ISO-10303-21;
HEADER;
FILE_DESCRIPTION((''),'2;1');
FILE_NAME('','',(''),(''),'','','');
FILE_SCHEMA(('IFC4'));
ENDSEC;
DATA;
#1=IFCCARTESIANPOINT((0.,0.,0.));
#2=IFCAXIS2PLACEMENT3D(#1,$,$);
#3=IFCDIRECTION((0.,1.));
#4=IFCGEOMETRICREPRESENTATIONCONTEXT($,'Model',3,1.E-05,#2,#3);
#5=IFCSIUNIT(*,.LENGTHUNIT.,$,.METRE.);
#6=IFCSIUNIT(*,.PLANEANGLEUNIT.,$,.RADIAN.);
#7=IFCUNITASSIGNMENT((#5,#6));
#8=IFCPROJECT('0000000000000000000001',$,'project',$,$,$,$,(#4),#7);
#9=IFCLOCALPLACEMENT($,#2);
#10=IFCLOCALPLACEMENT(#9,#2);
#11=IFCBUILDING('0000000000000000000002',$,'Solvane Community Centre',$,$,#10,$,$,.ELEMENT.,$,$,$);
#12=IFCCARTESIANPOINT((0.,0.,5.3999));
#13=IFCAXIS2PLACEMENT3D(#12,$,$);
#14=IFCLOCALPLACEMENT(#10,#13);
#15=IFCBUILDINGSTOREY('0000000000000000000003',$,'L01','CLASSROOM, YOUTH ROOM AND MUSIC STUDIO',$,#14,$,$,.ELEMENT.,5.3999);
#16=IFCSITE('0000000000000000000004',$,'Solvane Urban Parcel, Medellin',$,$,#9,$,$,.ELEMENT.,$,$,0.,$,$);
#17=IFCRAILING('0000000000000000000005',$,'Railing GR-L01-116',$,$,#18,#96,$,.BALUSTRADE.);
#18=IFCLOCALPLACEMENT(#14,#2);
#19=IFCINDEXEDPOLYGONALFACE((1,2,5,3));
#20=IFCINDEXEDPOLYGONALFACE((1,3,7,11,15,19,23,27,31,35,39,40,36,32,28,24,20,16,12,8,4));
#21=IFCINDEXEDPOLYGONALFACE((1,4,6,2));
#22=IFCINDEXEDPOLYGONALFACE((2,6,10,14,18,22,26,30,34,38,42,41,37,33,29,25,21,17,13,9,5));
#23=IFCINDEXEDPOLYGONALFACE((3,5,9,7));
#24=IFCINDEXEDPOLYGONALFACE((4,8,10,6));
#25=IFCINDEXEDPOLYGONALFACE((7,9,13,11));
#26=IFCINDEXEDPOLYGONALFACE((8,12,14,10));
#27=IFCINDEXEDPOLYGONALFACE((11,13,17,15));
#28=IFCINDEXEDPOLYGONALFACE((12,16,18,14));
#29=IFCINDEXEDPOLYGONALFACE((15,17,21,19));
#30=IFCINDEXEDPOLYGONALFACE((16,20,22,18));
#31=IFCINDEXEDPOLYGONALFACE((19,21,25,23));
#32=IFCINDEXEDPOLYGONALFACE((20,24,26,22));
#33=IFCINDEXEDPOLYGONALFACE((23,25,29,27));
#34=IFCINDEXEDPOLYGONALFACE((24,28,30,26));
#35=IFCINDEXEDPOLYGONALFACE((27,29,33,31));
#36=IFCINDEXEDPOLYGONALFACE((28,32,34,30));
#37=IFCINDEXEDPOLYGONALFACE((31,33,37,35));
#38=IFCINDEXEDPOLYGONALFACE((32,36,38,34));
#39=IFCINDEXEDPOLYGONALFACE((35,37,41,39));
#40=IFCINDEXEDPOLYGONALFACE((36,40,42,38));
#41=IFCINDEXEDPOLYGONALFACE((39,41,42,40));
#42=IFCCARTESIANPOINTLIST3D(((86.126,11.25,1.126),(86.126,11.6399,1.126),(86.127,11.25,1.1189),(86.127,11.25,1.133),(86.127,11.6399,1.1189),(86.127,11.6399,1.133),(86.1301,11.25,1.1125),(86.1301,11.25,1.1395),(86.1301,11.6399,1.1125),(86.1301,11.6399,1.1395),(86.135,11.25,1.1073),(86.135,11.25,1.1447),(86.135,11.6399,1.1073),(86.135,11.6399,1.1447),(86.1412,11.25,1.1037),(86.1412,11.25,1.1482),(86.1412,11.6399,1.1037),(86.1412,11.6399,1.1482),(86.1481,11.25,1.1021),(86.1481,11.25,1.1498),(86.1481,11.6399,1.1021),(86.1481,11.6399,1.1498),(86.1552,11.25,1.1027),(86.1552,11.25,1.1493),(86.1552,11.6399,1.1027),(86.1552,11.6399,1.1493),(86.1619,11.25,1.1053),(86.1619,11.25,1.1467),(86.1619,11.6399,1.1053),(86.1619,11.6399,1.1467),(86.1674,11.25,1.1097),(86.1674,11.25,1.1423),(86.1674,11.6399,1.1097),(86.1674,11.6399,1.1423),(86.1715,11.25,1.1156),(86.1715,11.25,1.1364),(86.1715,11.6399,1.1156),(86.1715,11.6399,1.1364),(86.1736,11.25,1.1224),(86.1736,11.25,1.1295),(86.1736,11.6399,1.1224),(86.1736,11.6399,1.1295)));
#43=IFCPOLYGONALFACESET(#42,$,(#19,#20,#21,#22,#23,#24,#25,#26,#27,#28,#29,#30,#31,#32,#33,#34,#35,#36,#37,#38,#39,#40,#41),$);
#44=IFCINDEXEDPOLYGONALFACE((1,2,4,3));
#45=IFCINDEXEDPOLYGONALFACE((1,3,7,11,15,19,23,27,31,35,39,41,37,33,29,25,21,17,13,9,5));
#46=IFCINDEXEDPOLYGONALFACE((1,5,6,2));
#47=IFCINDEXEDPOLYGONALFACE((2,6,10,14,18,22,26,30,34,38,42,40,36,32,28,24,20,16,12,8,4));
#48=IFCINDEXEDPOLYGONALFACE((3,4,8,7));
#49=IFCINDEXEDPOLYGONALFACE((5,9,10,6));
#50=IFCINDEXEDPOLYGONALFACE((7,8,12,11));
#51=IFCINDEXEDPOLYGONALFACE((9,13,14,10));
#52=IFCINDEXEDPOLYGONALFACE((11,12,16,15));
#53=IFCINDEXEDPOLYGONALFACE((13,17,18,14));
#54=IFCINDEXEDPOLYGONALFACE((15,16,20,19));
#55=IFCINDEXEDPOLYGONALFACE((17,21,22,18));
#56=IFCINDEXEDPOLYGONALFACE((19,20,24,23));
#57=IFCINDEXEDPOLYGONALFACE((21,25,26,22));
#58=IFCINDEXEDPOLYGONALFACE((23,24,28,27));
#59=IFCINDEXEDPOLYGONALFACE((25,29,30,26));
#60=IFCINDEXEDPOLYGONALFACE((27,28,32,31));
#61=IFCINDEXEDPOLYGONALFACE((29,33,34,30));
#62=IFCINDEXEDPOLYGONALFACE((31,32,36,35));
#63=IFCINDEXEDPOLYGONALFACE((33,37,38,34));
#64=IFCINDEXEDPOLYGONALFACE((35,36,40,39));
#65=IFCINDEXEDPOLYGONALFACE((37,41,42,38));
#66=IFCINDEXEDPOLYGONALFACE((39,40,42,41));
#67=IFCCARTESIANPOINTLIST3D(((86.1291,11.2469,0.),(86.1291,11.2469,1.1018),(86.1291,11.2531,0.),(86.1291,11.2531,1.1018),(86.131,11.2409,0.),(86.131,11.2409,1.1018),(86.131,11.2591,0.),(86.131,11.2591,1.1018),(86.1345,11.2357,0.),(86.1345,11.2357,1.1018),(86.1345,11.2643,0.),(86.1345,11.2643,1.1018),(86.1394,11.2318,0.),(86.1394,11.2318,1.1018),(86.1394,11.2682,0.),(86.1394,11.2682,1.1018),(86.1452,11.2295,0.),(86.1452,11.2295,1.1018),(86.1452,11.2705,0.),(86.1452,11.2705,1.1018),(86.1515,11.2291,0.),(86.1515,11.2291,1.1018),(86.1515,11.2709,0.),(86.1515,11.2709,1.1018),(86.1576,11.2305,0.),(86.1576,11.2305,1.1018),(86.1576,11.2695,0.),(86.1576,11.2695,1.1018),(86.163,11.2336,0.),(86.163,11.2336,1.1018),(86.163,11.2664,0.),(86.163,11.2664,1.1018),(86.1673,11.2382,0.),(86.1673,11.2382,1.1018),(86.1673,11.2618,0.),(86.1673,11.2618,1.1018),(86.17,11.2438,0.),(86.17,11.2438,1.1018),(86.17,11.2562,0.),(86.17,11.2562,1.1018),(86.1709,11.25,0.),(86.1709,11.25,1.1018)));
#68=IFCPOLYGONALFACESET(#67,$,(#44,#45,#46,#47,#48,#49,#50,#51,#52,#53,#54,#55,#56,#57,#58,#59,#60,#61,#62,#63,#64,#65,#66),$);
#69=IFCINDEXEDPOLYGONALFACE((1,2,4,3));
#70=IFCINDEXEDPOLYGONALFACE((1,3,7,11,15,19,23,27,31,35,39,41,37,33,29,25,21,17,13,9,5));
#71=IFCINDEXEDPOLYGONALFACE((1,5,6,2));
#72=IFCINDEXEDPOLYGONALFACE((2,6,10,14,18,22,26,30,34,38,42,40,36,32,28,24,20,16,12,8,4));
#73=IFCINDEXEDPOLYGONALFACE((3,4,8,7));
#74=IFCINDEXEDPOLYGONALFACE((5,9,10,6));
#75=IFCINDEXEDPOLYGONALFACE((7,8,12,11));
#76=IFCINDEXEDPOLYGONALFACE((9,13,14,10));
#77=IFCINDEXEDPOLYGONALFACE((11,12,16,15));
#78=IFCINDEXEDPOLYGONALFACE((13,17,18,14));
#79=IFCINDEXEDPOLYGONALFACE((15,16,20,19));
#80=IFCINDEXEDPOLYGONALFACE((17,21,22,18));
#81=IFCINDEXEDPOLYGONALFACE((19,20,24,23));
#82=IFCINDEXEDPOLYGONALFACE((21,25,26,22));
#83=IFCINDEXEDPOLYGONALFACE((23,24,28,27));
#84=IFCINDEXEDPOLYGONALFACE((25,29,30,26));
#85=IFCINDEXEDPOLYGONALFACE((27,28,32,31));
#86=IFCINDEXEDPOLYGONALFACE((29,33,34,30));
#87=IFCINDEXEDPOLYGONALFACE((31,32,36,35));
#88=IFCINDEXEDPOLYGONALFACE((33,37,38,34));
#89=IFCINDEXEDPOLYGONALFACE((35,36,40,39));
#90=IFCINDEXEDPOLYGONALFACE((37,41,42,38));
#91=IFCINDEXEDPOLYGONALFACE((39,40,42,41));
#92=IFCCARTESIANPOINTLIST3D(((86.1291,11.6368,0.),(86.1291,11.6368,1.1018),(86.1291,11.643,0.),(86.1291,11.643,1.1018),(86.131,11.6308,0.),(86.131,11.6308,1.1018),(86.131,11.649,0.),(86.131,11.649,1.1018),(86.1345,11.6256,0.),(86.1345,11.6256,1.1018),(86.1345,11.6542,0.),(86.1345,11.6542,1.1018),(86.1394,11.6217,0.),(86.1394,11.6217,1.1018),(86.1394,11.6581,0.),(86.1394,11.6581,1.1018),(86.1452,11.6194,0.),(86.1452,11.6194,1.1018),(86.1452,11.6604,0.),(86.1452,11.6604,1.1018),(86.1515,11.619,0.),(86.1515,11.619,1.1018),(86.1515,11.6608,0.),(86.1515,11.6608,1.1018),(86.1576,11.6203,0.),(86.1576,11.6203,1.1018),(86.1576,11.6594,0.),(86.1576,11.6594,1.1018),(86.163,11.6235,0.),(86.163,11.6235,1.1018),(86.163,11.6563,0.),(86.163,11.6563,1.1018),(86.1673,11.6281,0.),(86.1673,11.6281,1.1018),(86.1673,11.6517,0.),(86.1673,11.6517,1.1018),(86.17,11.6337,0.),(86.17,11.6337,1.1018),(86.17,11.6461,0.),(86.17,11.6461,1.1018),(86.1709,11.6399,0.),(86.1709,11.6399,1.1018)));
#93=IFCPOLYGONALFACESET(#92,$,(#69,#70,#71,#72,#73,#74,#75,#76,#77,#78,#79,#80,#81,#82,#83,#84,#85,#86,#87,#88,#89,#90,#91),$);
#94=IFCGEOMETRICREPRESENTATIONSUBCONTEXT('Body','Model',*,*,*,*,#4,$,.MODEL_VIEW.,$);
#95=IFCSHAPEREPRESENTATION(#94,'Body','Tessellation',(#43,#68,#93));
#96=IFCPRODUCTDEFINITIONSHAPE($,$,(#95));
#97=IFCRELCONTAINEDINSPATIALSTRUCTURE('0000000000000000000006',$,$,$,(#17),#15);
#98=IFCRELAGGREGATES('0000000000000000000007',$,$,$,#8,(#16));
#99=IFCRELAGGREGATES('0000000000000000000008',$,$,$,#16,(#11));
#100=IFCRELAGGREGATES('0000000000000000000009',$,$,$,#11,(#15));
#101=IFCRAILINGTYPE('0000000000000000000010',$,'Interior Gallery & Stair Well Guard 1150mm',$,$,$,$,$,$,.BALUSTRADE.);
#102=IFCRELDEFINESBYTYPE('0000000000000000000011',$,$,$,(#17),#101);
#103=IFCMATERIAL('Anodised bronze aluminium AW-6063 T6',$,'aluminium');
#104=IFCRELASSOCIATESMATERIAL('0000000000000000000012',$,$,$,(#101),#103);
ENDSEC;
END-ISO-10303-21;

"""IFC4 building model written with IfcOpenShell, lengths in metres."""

from ifc_helpers import new_model, si_unit, direction, frame, origin, origin_2d, place, context, subcontext, project, spatial, circle, extrude, material, type_object, element, save


model = new_model("IFC4")

# Units and contexts
model_context = context("Model", 3, precision=1e-05, world=origin(), true_north=direction((0.0, 1.0)))
body_context = subcontext(model_context, "Body", "Model", "MODEL_VIEW")
ifc_project = project(units=[si_unit("LENGTHUNIT", "METRE"), si_unit("PLANEANGLEUNIT", "RADIAN")], contexts=[model_context])

# Site, building, storey
site_placement = place(None, origin())
site = spatial("IfcSite", under=ifc_project, at=site_placement, Name="Solvane Urban Parcel, Medellin", CompositionType="ELEMENT", RefElevation=0.0)
building_placement = place(site_placement, origin())
building = spatial("IfcBuilding", under=site, at=building_placement, Name="Solvane Community Centre", CompositionType="ELEMENT")
storey_placement = place(building_placement, frame((0.0, 0.0, 5.3999)))
storey = spatial("IfcBuildingStorey", under=building, at=storey_placement, Name="L01", Description="CLASSROOM, YOUTH ROOM AND MUSIC STUDIO", CompositionType="ELEMENT", Elevation=5.3999)

# Shared definitions
ifc_material_1 = material(Name="Anodised bronze aluminium AW-6063 T6", Category="aluminium")

# Railing
railing_type_1 = type_object("IfcRailingType", Name="Interior Gallery & Stair Well Guard 1150mm", PredefinedType="BALUSTRADE", material=ifc_material_1)
railing_1_placement = place(storey_placement, frame((86.1499, 11.25, 0.0)))
element("IfcRailing", 1, at=railing_1_placement, inside=storey, type_object=railing_type_1, Name="Railing GR-L01-116", PredefinedType="BALUSTRADE", context=body_context, shape_type="SweptSolid", body=[
    extrude(circle(Radius=0.0239, at=origin_2d()), frame((0.0, 0.0, 1.126), z_axis=(0.0, 1.0, 0.0), x_axis=(-1.0, 0.0, 0.0)), (0.0, 0.0, 1.0), 0.3899),
    extrude(circle(Radius=0.021, at=origin_2d()), origin(), (0.0, 0.0, 1.0), 1.1018),
    extrude(circle(Radius=0.021, at=origin_2d()), frame((0.0, 0.3899, 0.0)), (0.0, 0.0, 1.0), 1.1018),
])

save(model, "model.ifc")
